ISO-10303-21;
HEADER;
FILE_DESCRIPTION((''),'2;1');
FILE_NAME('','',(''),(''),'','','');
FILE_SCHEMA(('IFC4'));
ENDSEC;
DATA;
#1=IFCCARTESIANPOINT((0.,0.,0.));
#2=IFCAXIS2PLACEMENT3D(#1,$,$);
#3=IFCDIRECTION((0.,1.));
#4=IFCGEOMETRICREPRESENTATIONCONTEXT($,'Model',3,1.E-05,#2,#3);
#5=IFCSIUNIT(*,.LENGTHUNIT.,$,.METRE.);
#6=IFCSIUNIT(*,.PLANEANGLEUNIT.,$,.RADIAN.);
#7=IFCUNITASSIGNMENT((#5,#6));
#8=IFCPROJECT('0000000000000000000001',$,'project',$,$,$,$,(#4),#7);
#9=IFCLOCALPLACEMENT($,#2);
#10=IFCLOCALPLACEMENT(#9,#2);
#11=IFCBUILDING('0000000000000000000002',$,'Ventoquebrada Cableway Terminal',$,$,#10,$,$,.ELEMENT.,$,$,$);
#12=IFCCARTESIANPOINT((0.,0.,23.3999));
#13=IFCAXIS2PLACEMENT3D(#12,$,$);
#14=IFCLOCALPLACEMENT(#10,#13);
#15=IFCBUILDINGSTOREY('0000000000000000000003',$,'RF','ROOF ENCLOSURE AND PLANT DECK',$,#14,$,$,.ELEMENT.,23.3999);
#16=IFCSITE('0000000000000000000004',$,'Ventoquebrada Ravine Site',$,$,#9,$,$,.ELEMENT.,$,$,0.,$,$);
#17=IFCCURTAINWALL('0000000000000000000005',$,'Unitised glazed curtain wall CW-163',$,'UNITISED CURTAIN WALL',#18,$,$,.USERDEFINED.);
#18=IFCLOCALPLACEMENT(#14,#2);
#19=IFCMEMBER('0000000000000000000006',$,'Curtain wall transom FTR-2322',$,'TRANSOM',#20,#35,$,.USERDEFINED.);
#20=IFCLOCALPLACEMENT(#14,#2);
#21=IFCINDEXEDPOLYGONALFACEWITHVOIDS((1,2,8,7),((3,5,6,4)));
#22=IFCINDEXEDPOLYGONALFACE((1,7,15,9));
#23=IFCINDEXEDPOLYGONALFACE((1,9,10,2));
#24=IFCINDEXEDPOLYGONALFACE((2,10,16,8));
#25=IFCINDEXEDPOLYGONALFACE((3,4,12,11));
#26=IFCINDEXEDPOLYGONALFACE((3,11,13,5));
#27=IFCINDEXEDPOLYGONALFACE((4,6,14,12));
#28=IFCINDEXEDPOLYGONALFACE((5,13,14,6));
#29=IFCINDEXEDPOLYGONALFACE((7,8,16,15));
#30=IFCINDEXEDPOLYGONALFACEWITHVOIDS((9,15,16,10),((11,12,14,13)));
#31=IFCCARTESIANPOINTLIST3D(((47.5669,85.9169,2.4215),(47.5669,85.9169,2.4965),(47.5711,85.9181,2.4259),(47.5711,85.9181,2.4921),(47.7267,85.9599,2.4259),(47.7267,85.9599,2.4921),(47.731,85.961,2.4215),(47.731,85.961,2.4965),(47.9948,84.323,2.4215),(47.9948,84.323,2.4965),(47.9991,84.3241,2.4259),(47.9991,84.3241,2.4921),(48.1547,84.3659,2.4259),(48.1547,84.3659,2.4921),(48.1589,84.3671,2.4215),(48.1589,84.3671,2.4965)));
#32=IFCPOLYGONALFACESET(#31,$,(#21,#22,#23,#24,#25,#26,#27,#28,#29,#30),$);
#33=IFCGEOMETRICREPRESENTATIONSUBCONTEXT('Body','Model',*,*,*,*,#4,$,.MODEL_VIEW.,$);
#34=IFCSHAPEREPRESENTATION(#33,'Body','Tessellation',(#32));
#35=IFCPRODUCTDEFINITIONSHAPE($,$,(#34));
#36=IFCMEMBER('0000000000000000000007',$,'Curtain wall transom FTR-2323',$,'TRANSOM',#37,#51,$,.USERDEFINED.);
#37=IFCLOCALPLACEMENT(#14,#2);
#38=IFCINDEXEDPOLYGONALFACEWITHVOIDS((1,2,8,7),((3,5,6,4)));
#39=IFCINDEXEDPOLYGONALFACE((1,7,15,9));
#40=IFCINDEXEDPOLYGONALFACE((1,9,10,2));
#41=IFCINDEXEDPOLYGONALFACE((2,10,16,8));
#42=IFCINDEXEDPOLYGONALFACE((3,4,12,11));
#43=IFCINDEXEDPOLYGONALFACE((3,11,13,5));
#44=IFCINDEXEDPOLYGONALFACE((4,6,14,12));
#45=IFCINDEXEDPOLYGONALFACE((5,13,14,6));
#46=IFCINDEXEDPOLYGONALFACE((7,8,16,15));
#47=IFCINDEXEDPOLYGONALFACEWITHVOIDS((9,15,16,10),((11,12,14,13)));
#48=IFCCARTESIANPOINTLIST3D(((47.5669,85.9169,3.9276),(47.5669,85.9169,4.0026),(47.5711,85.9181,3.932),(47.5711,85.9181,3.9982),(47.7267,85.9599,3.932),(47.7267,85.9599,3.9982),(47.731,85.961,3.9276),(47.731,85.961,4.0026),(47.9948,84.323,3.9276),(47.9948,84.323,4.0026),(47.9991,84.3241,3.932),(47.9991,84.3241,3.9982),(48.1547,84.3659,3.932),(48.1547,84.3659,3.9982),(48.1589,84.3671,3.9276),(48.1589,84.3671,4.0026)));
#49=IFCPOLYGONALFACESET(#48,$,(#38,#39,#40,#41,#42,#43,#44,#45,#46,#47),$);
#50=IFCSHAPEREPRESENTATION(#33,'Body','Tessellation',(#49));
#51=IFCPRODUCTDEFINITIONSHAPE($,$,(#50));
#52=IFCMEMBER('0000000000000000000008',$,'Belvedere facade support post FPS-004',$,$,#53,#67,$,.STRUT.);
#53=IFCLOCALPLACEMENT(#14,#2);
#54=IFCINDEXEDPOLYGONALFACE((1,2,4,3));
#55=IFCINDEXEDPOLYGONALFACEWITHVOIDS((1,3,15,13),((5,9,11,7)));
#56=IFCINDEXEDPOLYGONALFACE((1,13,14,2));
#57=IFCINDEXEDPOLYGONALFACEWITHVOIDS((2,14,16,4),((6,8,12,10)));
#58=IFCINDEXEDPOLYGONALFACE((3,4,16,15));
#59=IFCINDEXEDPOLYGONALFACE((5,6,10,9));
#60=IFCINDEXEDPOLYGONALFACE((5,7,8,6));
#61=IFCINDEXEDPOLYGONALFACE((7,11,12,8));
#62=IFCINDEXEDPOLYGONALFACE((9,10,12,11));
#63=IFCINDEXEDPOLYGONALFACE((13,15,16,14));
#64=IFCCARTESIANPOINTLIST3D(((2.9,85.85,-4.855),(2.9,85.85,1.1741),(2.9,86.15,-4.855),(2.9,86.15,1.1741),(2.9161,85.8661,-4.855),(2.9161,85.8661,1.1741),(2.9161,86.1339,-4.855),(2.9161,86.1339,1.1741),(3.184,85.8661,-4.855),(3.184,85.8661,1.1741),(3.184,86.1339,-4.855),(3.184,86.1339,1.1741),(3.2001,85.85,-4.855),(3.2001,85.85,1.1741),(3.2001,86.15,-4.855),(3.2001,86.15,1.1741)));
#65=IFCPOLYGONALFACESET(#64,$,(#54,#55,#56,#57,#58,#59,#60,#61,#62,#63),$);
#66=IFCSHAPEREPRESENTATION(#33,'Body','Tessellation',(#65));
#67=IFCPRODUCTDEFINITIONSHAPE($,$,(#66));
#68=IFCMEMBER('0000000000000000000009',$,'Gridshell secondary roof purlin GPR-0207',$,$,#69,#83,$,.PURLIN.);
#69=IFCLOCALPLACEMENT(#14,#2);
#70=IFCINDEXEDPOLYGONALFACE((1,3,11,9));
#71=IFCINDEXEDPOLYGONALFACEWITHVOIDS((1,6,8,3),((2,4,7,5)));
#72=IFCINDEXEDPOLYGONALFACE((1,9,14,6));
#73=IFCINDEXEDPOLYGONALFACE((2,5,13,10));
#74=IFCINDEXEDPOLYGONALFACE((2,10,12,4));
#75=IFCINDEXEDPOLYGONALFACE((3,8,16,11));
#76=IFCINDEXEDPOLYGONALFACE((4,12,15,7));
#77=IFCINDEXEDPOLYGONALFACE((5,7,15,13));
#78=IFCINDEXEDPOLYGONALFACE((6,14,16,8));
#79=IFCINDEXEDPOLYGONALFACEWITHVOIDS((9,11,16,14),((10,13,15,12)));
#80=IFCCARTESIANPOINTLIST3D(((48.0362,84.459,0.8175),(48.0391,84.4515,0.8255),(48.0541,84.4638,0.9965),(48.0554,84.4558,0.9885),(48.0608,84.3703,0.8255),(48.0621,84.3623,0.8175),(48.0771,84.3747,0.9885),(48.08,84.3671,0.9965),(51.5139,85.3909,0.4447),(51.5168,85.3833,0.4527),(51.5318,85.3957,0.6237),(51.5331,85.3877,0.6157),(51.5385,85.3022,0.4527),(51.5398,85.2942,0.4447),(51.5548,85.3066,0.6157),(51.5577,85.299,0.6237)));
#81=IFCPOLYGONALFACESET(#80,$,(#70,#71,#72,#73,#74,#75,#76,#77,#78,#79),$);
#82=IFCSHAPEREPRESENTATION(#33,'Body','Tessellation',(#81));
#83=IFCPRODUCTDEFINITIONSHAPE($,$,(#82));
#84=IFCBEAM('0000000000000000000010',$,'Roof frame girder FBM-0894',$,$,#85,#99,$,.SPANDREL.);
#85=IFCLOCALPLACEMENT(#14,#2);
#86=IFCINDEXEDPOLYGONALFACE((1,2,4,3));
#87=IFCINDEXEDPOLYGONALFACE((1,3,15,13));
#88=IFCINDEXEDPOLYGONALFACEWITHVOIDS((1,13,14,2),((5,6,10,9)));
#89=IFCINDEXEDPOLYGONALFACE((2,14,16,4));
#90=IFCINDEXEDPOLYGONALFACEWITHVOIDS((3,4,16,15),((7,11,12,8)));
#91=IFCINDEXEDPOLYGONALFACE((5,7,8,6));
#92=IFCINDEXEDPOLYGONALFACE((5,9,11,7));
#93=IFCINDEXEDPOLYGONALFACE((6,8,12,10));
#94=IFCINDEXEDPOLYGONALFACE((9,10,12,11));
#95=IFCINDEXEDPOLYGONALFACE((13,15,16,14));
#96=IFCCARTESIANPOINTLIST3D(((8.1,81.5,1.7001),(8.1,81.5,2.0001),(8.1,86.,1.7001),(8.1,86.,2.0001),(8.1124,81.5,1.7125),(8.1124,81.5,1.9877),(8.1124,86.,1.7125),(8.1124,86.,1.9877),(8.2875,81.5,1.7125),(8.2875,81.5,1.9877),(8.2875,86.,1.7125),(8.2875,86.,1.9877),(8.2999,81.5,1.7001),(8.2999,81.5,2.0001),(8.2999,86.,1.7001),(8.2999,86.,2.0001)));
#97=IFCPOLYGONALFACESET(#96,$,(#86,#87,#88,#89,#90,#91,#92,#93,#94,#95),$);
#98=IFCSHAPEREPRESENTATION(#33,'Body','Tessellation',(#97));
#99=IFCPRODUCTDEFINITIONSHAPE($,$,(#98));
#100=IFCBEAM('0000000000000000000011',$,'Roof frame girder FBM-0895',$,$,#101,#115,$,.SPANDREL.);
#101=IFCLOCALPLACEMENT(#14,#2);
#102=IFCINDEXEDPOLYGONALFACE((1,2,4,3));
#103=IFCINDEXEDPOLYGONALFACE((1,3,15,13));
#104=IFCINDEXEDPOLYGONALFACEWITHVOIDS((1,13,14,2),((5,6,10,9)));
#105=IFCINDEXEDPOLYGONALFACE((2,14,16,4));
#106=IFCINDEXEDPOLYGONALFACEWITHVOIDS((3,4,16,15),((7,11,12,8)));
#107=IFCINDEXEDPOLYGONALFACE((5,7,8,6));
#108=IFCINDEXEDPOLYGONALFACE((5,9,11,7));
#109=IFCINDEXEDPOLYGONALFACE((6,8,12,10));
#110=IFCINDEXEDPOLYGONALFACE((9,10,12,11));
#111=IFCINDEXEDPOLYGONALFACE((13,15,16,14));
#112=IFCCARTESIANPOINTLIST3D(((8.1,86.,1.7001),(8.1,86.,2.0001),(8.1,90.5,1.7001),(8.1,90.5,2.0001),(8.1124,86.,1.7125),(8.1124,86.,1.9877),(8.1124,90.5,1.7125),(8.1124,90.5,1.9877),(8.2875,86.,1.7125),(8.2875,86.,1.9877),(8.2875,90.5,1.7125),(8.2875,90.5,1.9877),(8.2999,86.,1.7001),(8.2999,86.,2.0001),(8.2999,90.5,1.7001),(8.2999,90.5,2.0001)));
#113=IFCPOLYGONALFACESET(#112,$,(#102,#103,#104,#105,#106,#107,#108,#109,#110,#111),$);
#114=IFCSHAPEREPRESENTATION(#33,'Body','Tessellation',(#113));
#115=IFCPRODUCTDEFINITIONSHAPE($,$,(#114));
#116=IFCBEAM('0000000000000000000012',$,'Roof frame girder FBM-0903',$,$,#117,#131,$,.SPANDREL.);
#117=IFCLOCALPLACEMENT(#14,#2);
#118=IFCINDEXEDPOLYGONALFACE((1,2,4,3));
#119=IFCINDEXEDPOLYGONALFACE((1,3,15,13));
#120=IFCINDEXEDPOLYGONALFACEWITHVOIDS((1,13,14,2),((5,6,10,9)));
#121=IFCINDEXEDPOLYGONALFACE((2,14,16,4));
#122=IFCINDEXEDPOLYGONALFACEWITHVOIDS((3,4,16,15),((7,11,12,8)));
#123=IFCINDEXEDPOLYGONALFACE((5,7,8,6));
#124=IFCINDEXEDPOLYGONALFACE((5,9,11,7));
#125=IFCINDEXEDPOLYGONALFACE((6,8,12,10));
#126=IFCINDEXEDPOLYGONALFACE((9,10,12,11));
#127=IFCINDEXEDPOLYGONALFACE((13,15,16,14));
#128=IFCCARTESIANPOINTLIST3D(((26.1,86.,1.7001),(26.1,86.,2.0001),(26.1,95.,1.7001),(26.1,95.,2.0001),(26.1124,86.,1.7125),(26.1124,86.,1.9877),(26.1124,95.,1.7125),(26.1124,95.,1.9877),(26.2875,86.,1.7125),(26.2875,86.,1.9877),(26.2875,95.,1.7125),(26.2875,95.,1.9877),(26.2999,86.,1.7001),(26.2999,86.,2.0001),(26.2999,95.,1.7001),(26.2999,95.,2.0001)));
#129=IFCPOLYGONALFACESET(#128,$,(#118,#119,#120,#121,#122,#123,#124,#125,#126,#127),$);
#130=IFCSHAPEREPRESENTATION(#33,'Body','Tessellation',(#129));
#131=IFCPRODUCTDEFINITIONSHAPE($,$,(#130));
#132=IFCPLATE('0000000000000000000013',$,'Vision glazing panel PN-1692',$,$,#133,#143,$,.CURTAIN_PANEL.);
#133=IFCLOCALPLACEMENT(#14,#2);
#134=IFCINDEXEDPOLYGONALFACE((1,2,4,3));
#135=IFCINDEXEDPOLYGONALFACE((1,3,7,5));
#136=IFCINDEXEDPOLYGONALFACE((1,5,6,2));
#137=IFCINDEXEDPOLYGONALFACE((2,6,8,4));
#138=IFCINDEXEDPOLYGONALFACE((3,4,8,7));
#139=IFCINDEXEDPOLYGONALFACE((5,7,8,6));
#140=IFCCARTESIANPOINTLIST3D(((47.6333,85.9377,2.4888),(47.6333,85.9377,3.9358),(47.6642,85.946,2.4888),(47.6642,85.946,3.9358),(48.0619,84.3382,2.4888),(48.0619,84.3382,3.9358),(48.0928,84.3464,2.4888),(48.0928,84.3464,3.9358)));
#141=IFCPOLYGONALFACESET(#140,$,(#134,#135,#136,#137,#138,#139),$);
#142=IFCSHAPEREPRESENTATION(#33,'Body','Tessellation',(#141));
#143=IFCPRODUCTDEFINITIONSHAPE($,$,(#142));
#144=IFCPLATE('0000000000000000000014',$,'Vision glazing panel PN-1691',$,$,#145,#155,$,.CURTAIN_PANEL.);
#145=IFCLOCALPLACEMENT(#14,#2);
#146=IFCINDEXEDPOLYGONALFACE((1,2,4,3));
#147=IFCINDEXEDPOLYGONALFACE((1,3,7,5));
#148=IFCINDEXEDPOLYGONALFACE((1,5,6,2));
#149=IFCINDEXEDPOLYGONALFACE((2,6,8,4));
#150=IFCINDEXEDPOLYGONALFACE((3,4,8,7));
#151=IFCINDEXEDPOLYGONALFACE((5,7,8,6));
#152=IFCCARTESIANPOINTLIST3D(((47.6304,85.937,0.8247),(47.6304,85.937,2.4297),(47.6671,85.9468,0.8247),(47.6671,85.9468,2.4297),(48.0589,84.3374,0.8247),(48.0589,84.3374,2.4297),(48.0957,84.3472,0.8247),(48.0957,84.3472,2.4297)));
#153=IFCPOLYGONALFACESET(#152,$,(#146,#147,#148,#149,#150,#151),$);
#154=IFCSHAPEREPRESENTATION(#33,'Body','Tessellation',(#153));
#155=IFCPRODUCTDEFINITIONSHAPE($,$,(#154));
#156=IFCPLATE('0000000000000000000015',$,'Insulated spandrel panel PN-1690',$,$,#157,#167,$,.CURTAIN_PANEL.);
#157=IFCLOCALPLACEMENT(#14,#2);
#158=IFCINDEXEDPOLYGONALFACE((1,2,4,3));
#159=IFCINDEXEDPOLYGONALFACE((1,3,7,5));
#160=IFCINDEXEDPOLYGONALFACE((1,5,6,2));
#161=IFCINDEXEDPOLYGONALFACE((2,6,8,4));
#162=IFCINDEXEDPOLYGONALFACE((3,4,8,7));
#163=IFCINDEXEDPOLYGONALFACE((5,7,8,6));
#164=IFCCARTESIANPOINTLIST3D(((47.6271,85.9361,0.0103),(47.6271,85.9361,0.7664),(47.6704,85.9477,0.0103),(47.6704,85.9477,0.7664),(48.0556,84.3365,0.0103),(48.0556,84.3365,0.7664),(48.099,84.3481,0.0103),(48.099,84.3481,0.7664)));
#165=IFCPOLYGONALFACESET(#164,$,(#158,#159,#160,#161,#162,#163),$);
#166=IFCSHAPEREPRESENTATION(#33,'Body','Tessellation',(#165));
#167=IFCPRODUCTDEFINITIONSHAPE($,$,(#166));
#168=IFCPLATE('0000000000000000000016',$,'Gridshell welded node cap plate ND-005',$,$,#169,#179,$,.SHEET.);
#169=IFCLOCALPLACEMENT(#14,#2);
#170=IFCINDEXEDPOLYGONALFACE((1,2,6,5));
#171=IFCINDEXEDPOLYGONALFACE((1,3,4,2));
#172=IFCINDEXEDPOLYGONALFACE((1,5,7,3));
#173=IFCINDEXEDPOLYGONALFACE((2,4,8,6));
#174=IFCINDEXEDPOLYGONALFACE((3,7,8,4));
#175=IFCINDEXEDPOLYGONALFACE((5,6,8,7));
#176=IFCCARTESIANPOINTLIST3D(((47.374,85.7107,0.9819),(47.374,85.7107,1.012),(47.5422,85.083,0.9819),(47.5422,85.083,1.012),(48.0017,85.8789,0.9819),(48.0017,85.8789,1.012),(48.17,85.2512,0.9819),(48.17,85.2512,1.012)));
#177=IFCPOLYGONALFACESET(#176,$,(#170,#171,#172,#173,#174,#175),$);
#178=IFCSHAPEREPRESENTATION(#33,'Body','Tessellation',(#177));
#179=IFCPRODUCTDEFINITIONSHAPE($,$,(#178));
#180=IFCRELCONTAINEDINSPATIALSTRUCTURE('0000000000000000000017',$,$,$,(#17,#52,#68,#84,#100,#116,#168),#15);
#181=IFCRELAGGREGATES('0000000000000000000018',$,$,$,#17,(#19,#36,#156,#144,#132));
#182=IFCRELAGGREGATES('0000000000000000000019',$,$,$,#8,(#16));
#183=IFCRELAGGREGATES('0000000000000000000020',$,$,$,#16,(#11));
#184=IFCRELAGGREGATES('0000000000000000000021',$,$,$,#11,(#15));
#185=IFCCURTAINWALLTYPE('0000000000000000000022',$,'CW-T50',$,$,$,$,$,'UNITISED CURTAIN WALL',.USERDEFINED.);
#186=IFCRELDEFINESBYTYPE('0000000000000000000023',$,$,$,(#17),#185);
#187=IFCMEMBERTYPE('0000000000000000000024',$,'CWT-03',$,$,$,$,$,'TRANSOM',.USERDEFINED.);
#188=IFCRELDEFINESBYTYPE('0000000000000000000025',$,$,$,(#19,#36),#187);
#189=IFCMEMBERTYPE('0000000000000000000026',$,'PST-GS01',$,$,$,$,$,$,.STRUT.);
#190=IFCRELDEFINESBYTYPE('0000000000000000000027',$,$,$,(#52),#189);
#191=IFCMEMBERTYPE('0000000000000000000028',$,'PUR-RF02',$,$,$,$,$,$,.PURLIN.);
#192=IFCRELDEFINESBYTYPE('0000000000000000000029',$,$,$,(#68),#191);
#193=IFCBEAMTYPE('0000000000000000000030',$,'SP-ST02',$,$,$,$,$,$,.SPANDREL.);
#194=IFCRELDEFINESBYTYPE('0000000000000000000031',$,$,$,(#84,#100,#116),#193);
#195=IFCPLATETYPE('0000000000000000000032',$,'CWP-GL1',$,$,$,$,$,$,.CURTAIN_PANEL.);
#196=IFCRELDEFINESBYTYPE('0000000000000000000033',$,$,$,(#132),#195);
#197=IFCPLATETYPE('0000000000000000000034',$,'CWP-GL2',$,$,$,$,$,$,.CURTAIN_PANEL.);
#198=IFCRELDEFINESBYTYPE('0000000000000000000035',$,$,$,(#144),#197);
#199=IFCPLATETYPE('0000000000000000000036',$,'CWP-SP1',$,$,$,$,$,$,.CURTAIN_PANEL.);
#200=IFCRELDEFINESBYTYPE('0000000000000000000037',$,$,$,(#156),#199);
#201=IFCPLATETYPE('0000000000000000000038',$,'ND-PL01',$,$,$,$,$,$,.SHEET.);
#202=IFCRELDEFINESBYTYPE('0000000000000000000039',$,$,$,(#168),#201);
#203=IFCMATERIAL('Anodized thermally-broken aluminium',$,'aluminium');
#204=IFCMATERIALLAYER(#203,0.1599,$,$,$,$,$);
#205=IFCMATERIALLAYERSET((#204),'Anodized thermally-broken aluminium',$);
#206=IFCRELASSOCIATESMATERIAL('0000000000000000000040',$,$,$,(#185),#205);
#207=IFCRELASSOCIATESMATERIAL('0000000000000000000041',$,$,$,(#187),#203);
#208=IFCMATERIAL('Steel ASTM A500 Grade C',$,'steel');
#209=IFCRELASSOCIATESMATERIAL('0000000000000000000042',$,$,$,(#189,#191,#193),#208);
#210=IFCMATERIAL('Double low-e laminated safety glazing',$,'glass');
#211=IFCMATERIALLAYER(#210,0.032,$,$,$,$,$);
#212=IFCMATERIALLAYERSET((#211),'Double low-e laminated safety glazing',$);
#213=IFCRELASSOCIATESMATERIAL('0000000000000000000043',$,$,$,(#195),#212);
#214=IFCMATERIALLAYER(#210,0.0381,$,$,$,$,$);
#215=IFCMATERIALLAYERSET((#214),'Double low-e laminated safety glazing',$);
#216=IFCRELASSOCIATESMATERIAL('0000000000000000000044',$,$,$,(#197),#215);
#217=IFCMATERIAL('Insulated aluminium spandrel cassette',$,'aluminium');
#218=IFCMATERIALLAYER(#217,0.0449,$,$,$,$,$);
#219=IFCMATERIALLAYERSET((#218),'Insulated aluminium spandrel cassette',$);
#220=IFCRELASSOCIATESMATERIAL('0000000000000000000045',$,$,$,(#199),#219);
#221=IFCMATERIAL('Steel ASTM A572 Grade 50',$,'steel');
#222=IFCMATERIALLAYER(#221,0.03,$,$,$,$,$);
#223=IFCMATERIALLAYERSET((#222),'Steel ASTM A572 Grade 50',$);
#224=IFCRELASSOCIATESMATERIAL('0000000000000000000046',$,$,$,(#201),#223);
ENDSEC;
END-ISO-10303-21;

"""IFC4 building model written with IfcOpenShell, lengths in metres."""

from ifc_helpers import new_model, si_unit, direction, frame, origin, origin_2d, place, context, subcontext, project, spatial, rectangle, hollow_rectangle, extrude, material, layer, layer_set, material_profile, profile_set, type_object, element, aggregate, save


model = new_model("IFC4")

# Units and contexts
model_context = context("Model", 3, precision=1e-05, world=origin(), true_north=direction((0.0, 1.0)))
body_context = subcontext(model_context, "Body", "Model", "MODEL_VIEW")
ifc_project = project(units=[si_unit("LENGTHUNIT", "METRE"), si_unit("PLANEANGLEUNIT", "RADIAN")], contexts=[model_context])

# Site, building, storey
site_placement = place(None, origin())
site = spatial("IfcSite", under=ifc_project, at=site_placement, Name="Ventoquebrada Ravine Site", CompositionType="ELEMENT", RefElevation=0.0)
building_placement = place(site_placement, origin())
building = spatial("IfcBuilding", under=site, at=building_placement, Name="Ventoquebrada Cableway Terminal", CompositionType="ELEMENT")
storey_placement = place(building_placement, frame((0.0, 0.0, 23.3999)))
storey = spatial("IfcBuildingStorey", under=building, at=storey_placement, Name="RF", Description="ROOF ENCLOSURE AND PLANT DECK", CompositionType="ELEMENT", Elevation=23.3999)

# Shared definitions
ifc_material_1 = material(Name="Steel ASTM A500 Grade C", Category="steel")

# Curtain wall, members
ifc_material_2 = material(Name="Anodized thermally-broken aluminium", Category="aluminium")
ifc_layer_1 = layer(ifc_material_2, 0.1599)
ifc_layer_set_1 = layer_set([ifc_layer_1], Name="Anodized thermally-broken aluminium")
curtain_wall_type = type_object("IfcCurtainWallType", Name="CW-T50", ElementType="UNITISED CURTAIN WALL", PredefinedType="USERDEFINED", material=ifc_layer_set_1)
curtain_wall_placement = place(storey_placement, origin())
curtain_wall = element("IfcCurtainWall", 1, at=curtain_wall_placement, inside=storey, type_object=curtain_wall_type, Name="Unitised glazed curtain wall CW-163", ObjectType="UNITISED CURTAIN WALL", PredefinedType="USERDEFINED")
ifc_material_profile_1 = material_profile(ifc_material_2, hollow_rectangle(XDim=0.075, YDim=0.1699, WallThickness=0.0044, at=origin_2d()), Name="CW-TRN-75X170")
ifc_profile_set_1 = profile_set([ifc_material_profile_1], Name="Anodized thermally-broken aluminium")
member_type_1 = type_object("IfcMemberType", Name="CWT-03", ElementType="TRANSOM", PredefinedType="USERDEFINED", material=ifc_profile_set_1)
member_1_placement = place(storey_placement, frame((47.6489, 85.939, 2.459), z_axis=(0.25931, -0.965794, 0.0), x_axis=(0.0, 0.0, 1.0)))
member_1 = element("IfcMember", 2, at=member_1_placement, type_object=member_type_1, Name="Curtain wall transom FTR-2322", ObjectType="TRANSOM", PredefinedType="USERDEFINED", context=body_context, shape_type="SweptSolid", body=[
    extrude(hollow_rectangle(XDim=0.075, YDim=0.1699, WallThickness=0.0044, at=origin_2d()), origin(), (0.0, 0.0, 1.0), 1.6504),
])
member_2_placement = place(storey_placement, frame((47.6489, 85.939, 3.9651), z_axis=(0.25931, -0.965794, 0.0), x_axis=(0.0, 0.0, 1.0)))
member_2 = element("IfcMember", 3, at=member_2_placement, type_object=member_type_1, Name="Curtain wall transom FTR-2323", ObjectType="TRANSOM", PredefinedType="USERDEFINED", context=body_context, shape_type="SweptSolid", body=[
    extrude(hollow_rectangle(XDim=0.075, YDim=0.1699, WallThickness=0.0044, at=origin_2d()), origin(), (0.0, 0.0, 1.0), 1.6504),
])

# Members
ifc_material_profile_2 = material_profile(ifc_material_1, hollow_rectangle(XDim=0.3, YDim=0.3, WallThickness=0.0161, at=origin_2d()), Name="HSS300X300X16")
ifc_profile_set_2 = profile_set([ifc_material_profile_2], Name="Steel ASTM A500 Grade C")
member_type_2 = type_object("IfcMemberType", Name="PST-GS01", PredefinedType="STRUT", material=ifc_profile_set_2)
member_3_placement = place(storey_placement, frame((3.05, 86.0, -4.855), z_axis=(0.0, 0.0, 1.0), x_axis=(1.0, 0.0, 0.0)))
element("IfcMember", 4, at=member_3_placement, inside=storey, type_object=member_type_2, Name="Belvedere facade support post FPS-004", PredefinedType="STRUT", context=body_context, shape_type="SweptSolid", body=[
    extrude(hollow_rectangle(XDim=0.3, YDim=0.3, WallThickness=0.0161, at=origin_2d()), origin(), (0.0, 0.0, 1.0), 6.0291),
])
ifc_material_profile_3 = material_profile(ifc_material_1, hollow_rectangle(XDim=0.1001, YDim=0.1799, WallThickness=0.0081, at=origin_2d()), Name="RHS180X100X8")
ifc_profile_set_3 = profile_set([ifc_material_profile_3], Name="Steel ASTM A500 Grade C")
member_type_3 = type_object("IfcMemberType", Name="PUR-RF02", PredefinedType="PURLIN", material=ifc_profile_set_3)
member_4_placement = place(storey_placement, frame((48.0581, 84.4131, 0.907), z_axis=(0.960788, 0.257447, -0.102992), x_axis=(-0.258823, 0.965925, 0.0)))
element("IfcMember", 5, at=member_4_placement, inside=storey, type_object=member_type_3, Name="Gridshell secondary roof purlin GPR-0207", PredefinedType="PURLIN", context=body_context, shape_type="SweptSolid", body=[
    extrude(hollow_rectangle(XDim=0.1001, YDim=0.1799, WallThickness=0.0081, at=origin_2d()), origin(), (0.0, 0.0, 1.0), 3.6196),
])

# Beams
ifc_material_profile_4 = material_profile(ifc_material_1, hollow_rectangle(XDim=0.2, YDim=0.3, WallThickness=0.0125, at=origin_2d()), Name="RHS300X200X12.5")
ifc_profile_set_4 = profile_set([ifc_material_profile_4], Name="Steel ASTM A500 Grade C")
beam_type_1 = type_object("IfcBeamType", Name="SP-ST02", PredefinedType="SPANDREL", material=ifc_profile_set_4)
for number, where, z_axis, x_axis, name in (
    (6, (8.2, 81.5, 1.8501), (0.0, 1.0, 0.0), (-1.0, 0.0, 0.0), "Roof frame girder FBM-0894"),
    (7, (8.2, 86.0, 1.8501), (0.0, 1.0, 0.0), (-1.0, 0.0, 0.0), "Roof frame girder FBM-0895"),
):
    element("IfcBeam", number, at=place(storey_placement, frame(where, z_axis=z_axis, x_axis=x_axis)), inside=storey, type_object=beam_type_1, Name=name, PredefinedType="SPANDREL", context=body_context, shape_type="SweptSolid", body=[
        extrude(hollow_rectangle(XDim=0.2, YDim=0.3, WallThickness=0.0125, at=origin_2d()), origin(), (0.0, 0.0, 1.0), 4.5),
    ])
beam_1_placement = place(storey_placement, frame((26.2, 86.0, 1.8501), z_axis=(0.0, 1.0, 0.0), x_axis=(-1.0, 0.0, 0.0)))
element("IfcBeam", 8, at=beam_1_placement, inside=storey, type_object=beam_type_1, Name="Roof frame girder FBM-0903", PredefinedType="SPANDREL", context=body_context, shape_type="SweptSolid", body=[
    extrude(hollow_rectangle(XDim=0.2, YDim=0.3, WallThickness=0.0125, at=origin_2d()), origin(), (0.0, 0.0, 1.0), 9.0),
])

# Plates
ifc_material_3 = material(Name="Double low-e laminated safety glazing", Category="glass")
ifc_layer_2 = layer(ifc_material_3, 0.032)
ifc_layer_set_2 = layer_set([ifc_layer_2], Name="Double low-e laminated safety glazing")
plate_type_1 = type_object("IfcPlateType", Name="CWP-GL1", PredefinedType="CURTAIN_PANEL", material=ifc_layer_set_2)
plate_1_placement = place(storey_placement, frame((47.863, 85.1421, 2.4888), z_axis=(0.0, 0.0, 1.0), x_axis=(0.258802, -0.96593, 0.0)))
plate_1 = element("IfcPlate", 9, at=plate_1_placement, type_object=plate_type_1, Name="Vision glazing panel PN-1692", PredefinedType="CURTAIN_PANEL", context=body_context, shape_type="SweptSolid", body=[
    extrude(rectangle(XDim=1.656, YDim=0.032, at=origin_2d()), origin(), (0.0, 0.0, 1.0), 1.447),
])
ifc_layer_3 = layer(ifc_material_3, 0.0381)
ifc_layer_set_3 = layer_set([ifc_layer_3], Name="Double low-e laminated safety glazing")
plate_type_2 = type_object("IfcPlateType", Name="CWP-GL2", PredefinedType="CURTAIN_PANEL", material=ifc_layer_set_3)
plate_2_placement = place(storey_placement, frame((47.863, 85.1421, 0.8247), z_axis=(0.0, 0.0, 1.0), x_axis=(0.258802, -0.96593, 0.0)))
plate_2 = element("IfcPlate", 10, at=plate_2_placement, type_object=plate_type_2, Name="Vision glazing panel PN-1691", PredefinedType="CURTAIN_PANEL", context=body_context, shape_type="SweptSolid", body=[
    extrude(rectangle(XDim=1.656, YDim=0.0381, at=origin_2d()), origin(), (0.0, 0.0, 1.0), 1.605),
])
ifc_material_4 = material(Name="Insulated aluminium spandrel cassette", Category="aluminium")
ifc_layer_4 = layer(ifc_material_4, 0.0449)
ifc_layer_set_4 = layer_set([ifc_layer_4], Name="Insulated aluminium spandrel cassette")
plate_type_3 = type_object("IfcPlateType", Name="CWP-SP1", PredefinedType="CURTAIN_PANEL", material=ifc_layer_set_4)
plate_3_placement = place(storey_placement, frame((47.863, 85.1421, 0.0103), z_axis=(0.0, 0.0, 1.0), x_axis=(0.258802, -0.96593, 0.0)))
plate_3 = element("IfcPlate", 11, at=plate_3_placement, type_object=plate_type_3, Name="Insulated spandrel panel PN-1690", PredefinedType="CURTAIN_PANEL", context=body_context, shape_type="SweptSolid", body=[
    extrude(rectangle(XDim=1.656, YDim=0.0449, at=origin_2d()), origin(), (0.0, 0.0, 1.0), 0.7561),
])
aggregate(curtain_wall, [member_1, member_2, plate_3, plate_2, plate_1])
ifc_material_5 = material(Name="Steel ASTM A572 Grade 50", Category="steel")
ifc_layer_5 = layer(ifc_material_5, 0.03)
ifc_layer_set_5 = layer_set([ifc_layer_5], Name="Steel ASTM A572 Grade 50")
plate_type_4 = type_object("IfcPlateType", Name="ND-PL01", PredefinedType="SHEET", material=ifc_layer_set_5)
plate_4_placement = place(storey_placement, frame((47.772, 85.481, 0.9819), z_axis=(0.0, 0.0, 1.0), x_axis=(0.965926, 0.258819, 0.0)))
element("IfcPlate", 12, at=plate_4_placement, inside=storey, type_object=plate_type_4, Name="Gridshell welded node cap plate ND-005", PredefinedType="SHEET", context=body_context, shape_type="SweptSolid", body=[
    extrude(rectangle(XDim=0.6499, YDim=0.6499, at=origin_2d()), origin(), (0.0, 0.0, 1.0), 0.03),
])

save(model, "model.ifc")
